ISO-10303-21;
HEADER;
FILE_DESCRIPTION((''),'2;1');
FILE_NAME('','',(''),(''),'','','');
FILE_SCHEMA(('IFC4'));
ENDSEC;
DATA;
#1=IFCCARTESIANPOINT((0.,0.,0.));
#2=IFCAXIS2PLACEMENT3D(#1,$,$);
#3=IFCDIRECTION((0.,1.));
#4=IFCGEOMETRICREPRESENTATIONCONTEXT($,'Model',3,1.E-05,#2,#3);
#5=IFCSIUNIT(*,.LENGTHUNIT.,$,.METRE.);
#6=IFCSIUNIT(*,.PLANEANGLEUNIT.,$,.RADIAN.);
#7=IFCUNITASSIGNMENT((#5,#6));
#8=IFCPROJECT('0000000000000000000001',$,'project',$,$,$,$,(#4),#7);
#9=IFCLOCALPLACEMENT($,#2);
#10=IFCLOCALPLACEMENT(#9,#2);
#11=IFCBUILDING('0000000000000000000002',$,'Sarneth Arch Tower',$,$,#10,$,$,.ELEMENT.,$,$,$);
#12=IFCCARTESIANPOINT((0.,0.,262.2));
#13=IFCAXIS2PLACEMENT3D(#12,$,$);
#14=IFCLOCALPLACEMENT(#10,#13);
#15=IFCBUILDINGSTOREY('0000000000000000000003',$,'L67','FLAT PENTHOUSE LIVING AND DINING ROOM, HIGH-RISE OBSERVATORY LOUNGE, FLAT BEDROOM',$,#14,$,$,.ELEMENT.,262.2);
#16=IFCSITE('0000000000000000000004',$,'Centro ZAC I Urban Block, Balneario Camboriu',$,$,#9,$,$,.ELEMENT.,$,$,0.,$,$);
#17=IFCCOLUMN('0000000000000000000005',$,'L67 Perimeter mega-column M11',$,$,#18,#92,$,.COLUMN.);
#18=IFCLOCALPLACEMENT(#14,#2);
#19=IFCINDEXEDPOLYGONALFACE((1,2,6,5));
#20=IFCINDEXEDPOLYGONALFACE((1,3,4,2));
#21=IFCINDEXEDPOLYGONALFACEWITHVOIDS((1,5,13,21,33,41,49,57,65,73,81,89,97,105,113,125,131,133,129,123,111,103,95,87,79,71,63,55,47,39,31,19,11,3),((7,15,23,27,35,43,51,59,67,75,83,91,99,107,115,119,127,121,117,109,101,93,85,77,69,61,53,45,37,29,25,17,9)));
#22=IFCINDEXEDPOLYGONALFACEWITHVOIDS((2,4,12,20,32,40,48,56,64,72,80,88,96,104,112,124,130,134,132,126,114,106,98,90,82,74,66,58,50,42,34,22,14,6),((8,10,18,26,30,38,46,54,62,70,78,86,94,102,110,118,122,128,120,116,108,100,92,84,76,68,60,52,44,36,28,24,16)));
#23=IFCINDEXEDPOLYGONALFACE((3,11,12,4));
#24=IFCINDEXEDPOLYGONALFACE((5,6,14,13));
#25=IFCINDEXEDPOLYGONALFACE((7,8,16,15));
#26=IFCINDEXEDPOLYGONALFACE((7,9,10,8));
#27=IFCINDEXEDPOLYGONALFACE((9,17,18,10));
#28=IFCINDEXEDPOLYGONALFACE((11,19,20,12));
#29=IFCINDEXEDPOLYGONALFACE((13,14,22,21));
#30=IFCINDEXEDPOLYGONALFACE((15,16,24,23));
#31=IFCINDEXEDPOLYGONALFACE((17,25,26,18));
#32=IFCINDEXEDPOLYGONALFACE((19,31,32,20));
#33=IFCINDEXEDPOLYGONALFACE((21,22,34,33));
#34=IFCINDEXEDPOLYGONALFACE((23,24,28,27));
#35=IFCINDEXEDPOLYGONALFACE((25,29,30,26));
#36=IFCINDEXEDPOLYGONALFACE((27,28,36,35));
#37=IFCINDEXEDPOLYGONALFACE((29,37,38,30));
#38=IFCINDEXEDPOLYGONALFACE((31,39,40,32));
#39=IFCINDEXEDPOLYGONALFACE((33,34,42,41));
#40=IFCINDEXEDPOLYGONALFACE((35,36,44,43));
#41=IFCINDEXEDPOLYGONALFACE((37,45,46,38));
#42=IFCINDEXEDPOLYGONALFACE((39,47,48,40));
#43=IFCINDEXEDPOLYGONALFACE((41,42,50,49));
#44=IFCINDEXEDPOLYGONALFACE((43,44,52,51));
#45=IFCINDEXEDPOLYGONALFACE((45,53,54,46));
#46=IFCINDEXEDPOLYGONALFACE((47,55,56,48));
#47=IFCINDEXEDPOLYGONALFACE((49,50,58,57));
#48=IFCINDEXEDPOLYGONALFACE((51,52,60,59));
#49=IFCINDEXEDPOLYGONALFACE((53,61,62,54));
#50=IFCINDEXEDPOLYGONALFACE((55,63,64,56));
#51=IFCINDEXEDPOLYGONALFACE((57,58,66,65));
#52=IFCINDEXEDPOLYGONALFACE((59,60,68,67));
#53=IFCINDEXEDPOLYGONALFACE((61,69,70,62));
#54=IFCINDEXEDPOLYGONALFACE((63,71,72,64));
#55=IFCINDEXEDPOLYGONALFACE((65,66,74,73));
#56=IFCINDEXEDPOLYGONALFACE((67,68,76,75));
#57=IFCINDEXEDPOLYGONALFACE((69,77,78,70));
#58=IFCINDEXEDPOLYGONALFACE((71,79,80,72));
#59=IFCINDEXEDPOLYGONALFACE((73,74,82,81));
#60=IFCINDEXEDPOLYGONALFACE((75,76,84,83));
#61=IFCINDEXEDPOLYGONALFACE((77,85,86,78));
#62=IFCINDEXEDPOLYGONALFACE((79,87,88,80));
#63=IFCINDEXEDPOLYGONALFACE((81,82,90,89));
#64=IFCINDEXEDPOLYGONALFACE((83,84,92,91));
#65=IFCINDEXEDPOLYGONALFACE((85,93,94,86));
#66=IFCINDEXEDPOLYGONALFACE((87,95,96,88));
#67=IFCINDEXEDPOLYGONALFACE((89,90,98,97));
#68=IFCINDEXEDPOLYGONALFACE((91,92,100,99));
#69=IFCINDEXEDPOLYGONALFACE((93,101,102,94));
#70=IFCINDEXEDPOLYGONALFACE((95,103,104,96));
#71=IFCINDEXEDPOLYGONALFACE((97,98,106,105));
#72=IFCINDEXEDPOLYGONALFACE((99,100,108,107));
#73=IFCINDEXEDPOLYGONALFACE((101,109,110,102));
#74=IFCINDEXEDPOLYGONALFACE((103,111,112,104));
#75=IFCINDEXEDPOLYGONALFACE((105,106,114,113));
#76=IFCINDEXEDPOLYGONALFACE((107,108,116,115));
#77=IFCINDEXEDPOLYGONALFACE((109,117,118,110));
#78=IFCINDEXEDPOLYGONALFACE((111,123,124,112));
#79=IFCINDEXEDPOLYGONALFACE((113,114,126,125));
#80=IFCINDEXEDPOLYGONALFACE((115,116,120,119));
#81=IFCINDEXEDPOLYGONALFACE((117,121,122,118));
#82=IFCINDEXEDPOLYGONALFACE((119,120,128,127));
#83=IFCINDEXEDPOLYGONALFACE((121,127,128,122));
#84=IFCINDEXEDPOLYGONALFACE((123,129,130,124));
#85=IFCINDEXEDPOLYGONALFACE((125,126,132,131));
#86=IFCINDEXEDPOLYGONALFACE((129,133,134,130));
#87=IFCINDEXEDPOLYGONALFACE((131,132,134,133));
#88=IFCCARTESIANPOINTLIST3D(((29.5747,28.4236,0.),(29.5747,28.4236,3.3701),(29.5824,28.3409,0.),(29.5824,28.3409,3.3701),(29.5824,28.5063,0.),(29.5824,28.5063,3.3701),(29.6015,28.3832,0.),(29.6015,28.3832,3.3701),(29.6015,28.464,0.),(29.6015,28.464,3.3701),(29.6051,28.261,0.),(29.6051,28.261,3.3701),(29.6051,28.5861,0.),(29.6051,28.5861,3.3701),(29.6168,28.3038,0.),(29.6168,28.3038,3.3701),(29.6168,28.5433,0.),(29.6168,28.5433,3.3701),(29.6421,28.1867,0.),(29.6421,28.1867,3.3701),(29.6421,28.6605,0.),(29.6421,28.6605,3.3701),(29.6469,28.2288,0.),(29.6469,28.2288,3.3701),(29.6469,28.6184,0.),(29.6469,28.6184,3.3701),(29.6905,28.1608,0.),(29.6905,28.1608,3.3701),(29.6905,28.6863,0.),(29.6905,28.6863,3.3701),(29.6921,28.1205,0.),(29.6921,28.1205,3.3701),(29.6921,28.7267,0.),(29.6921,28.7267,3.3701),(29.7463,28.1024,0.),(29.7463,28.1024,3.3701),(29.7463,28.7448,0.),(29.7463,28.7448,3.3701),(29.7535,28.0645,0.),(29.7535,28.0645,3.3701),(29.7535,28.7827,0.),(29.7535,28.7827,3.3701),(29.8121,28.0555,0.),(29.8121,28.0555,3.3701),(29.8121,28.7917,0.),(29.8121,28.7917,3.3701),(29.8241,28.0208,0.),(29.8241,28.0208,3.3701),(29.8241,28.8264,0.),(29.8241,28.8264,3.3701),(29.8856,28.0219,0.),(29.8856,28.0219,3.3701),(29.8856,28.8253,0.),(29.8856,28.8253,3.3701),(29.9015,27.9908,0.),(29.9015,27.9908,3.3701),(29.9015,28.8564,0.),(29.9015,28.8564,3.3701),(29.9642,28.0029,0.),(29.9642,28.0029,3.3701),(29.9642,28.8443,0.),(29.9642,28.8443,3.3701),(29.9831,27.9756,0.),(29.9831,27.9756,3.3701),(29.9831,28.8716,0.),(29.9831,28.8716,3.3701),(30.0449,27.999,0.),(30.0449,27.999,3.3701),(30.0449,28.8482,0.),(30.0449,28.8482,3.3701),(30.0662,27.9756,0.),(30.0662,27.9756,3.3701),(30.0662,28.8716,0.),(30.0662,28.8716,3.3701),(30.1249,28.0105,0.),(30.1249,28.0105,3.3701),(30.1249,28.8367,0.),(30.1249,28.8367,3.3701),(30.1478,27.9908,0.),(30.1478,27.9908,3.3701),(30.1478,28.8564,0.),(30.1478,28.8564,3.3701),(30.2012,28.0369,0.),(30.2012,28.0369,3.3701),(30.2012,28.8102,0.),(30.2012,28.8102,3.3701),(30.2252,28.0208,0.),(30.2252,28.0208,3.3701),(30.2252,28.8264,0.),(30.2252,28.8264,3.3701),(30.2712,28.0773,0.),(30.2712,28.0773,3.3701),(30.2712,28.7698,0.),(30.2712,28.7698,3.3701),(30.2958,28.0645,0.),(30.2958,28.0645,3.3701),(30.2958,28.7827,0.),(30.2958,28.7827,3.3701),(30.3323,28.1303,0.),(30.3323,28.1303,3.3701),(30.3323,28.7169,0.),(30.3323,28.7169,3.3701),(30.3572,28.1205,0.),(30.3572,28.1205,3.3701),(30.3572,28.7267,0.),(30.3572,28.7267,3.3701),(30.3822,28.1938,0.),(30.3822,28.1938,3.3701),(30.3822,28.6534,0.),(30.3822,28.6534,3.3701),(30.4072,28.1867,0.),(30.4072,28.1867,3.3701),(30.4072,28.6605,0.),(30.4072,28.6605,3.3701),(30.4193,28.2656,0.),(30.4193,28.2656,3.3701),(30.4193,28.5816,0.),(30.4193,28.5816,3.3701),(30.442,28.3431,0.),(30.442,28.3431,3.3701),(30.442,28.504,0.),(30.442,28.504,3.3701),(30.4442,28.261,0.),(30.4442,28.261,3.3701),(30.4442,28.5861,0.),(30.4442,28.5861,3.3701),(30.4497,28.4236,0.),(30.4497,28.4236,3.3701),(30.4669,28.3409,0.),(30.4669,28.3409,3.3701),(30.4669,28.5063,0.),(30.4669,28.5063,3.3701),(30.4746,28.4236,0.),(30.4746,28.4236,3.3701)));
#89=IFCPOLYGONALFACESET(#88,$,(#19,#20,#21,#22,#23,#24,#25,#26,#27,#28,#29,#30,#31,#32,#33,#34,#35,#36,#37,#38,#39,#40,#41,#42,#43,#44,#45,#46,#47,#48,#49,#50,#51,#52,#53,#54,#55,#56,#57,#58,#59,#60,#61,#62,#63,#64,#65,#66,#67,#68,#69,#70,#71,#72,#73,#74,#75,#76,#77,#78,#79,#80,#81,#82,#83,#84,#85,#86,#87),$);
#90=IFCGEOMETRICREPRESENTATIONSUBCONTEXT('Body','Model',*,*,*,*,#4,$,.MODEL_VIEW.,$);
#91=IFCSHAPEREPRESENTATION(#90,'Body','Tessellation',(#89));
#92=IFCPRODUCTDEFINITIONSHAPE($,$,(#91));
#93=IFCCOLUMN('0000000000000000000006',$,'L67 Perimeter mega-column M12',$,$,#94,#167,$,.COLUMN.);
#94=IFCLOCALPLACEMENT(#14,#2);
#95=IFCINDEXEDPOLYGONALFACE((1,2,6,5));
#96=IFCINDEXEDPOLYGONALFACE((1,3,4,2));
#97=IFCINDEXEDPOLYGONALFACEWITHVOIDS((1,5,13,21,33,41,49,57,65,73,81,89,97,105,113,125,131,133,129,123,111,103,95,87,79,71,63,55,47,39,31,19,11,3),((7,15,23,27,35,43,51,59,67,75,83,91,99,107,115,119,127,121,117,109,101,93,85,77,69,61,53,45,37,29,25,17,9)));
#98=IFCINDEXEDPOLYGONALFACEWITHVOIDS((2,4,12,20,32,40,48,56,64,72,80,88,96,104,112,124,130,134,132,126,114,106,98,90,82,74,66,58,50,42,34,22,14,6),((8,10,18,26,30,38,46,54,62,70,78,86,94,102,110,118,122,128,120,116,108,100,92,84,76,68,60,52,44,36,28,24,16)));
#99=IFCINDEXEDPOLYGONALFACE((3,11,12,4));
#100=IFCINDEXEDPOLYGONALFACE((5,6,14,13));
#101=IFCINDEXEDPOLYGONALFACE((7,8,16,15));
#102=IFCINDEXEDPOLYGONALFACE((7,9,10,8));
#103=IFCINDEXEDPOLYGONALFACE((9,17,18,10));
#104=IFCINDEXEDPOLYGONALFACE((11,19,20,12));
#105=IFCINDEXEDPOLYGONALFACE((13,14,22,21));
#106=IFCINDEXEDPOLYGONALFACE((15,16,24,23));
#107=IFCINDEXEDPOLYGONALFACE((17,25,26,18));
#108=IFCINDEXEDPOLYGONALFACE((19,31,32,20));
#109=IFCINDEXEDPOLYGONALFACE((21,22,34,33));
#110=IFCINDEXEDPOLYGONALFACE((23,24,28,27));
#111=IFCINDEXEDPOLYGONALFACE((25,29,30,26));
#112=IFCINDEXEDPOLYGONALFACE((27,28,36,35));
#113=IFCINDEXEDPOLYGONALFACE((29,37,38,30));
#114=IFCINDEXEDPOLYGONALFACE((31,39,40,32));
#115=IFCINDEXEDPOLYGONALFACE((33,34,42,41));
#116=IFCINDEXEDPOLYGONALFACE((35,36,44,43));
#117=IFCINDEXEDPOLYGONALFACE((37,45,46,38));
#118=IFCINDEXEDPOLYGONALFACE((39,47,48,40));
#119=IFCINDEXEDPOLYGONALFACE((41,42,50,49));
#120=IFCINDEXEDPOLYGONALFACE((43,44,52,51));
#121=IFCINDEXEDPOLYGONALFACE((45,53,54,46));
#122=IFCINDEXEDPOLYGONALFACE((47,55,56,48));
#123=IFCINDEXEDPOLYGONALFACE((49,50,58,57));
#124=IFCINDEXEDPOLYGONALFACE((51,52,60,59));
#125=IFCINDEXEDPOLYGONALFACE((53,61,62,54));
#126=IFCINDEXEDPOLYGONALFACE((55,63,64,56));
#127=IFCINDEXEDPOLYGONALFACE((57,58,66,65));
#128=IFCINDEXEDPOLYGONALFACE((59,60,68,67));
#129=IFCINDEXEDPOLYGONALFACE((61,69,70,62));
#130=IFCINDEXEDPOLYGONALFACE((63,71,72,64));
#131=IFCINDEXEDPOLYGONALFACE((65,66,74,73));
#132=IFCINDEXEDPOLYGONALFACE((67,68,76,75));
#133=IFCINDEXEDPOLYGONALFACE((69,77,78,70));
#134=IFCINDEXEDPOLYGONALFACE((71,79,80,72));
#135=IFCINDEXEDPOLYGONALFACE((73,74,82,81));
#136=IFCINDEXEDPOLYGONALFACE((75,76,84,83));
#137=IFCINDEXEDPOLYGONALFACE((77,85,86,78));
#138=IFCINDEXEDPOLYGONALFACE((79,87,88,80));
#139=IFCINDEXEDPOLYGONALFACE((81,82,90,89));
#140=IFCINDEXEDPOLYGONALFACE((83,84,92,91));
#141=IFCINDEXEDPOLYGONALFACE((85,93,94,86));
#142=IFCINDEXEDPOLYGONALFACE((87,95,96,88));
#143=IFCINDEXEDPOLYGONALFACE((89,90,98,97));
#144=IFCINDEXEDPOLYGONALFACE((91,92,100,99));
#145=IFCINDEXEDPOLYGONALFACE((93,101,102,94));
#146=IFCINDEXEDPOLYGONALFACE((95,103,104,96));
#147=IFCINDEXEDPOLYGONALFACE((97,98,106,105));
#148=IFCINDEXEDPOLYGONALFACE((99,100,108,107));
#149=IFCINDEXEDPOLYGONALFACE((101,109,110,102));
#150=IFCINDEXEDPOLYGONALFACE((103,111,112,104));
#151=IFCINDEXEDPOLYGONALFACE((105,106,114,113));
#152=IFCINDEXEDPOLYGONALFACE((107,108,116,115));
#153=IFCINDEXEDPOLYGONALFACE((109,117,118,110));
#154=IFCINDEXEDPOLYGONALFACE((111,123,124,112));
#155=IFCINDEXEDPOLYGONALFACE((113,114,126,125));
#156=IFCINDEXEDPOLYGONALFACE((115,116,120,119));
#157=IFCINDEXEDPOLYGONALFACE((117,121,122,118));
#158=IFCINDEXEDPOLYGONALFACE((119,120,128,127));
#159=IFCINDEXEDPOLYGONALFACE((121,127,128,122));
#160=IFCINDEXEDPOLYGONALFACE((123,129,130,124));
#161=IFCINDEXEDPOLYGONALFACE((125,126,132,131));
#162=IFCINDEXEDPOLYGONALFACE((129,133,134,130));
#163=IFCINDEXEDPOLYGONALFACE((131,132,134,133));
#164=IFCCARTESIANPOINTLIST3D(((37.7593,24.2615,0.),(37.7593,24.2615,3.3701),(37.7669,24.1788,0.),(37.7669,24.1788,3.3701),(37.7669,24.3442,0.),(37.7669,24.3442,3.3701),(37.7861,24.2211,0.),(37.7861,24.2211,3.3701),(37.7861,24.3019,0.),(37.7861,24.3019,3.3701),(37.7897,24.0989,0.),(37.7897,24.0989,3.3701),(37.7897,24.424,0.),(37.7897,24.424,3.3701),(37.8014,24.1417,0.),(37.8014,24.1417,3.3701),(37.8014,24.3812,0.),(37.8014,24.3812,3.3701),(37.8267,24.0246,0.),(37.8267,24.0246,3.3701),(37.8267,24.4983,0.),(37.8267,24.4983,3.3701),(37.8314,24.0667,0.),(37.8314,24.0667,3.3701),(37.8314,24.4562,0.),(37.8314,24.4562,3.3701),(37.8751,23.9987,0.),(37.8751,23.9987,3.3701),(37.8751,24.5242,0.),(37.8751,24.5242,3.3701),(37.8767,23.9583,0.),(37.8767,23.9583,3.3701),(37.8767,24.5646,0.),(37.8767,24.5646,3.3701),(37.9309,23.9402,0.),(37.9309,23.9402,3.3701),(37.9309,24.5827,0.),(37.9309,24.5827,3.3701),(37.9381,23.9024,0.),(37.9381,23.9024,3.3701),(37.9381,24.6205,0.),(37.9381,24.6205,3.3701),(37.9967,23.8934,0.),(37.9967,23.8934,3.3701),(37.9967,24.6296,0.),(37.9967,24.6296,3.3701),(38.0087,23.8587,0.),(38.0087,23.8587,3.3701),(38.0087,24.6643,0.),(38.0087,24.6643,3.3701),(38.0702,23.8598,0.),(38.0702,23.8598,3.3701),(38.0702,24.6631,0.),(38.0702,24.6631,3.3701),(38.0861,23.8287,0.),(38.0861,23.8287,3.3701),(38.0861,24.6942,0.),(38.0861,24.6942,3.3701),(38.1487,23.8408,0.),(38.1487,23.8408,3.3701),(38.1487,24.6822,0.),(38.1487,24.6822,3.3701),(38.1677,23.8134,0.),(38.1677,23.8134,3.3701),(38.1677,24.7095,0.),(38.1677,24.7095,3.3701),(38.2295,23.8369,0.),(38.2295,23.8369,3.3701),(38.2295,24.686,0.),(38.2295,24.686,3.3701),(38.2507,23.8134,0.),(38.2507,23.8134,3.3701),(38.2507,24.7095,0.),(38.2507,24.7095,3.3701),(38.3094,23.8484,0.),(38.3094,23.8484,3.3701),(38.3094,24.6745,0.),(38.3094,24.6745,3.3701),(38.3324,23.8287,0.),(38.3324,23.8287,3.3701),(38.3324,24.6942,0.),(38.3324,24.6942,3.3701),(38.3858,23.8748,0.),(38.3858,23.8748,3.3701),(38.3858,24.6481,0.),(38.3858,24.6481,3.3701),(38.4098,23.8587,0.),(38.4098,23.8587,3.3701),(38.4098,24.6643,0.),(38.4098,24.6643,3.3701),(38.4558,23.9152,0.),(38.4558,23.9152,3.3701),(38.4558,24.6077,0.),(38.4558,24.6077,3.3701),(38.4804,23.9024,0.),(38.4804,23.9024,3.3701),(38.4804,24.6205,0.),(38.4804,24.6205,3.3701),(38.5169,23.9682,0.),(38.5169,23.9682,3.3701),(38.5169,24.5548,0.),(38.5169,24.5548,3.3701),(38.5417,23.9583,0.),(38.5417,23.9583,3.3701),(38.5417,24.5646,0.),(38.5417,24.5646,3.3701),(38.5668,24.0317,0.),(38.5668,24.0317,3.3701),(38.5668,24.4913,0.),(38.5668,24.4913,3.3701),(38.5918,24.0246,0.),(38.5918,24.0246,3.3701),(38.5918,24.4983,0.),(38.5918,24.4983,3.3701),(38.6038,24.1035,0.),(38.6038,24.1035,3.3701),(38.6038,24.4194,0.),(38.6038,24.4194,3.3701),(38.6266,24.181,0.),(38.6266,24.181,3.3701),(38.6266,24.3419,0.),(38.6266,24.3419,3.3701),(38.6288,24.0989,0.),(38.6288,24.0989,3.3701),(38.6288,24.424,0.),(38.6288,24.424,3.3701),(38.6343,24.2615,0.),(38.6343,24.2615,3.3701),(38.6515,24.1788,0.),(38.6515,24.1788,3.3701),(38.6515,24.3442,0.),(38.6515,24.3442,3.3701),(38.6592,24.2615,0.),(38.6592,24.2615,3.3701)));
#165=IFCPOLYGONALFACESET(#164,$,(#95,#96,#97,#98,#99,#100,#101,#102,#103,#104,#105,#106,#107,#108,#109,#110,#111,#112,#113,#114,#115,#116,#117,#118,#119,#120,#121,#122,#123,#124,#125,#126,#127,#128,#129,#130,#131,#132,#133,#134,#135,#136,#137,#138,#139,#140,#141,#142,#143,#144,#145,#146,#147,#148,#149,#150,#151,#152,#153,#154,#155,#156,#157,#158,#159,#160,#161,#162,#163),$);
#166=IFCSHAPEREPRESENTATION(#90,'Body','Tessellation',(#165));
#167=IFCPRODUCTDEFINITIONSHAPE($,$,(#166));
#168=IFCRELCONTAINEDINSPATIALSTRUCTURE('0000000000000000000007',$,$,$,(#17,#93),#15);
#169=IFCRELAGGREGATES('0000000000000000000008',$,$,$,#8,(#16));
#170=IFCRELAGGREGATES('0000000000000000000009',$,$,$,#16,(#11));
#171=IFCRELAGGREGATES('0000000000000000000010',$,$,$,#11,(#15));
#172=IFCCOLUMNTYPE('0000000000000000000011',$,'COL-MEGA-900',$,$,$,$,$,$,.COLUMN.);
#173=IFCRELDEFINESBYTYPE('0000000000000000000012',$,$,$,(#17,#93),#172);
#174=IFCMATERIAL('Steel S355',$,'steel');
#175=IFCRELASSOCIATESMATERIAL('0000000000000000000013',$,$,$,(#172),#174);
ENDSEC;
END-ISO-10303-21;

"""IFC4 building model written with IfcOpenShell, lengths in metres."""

from ifc_helpers import new_model, si_unit, direction, frame, origin, origin_2d, place, context, subcontext, project, spatial, hollow_circle, extrude, material, material_profile, profile_set, type_object, element, save


model = new_model("IFC4")

# Units and contexts
model_context = context("Model", 3, precision=1e-05, world=origin(), true_north=direction((0.0, 1.0)))
body_context = subcontext(model_context, "Body", "Model", "MODEL_VIEW")
ifc_project = project(units=[si_unit("LENGTHUNIT", "METRE"), si_unit("PLANEANGLEUNIT", "RADIAN")], contexts=[model_context])

# Site, building, storey
site_placement = place(None, origin())
site = spatial("IfcSite", under=ifc_project, at=site_placement, Name="Centro ZAC I Urban Block, Balneario Camboriu", CompositionType="ELEMENT", RefElevation=0.0)
building_placement = place(site_placement, origin())
building = spatial("IfcBuilding", under=site, at=building_placement, Name="Sarneth Arch Tower", CompositionType="ELEMENT")
storey_placement = place(building_placement, frame((0.0, 0.0, 262.2)))
storey = spatial("IfcBuildingStorey", under=building, at=storey_placement, Name="L67", Description="FLAT PENTHOUSE LIVING AND DINING ROOM, HIGH-RISE OBSERVATORY LOUNGE, FLAT BEDROOM", CompositionType="ELEMENT", Elevation=262.2)

# Columns
ifc_material_1 = material(Name="Steel S355", Category="steel")
ifc_material_profile_1 = material_profile(ifc_material_1, hollow_circle(Radius=0.45, WallThickness=0.0249, at=origin_2d()), Name="CHS900x25")
ifc_profile_set_1 = profile_set([ifc_material_profile_1], Name="Steel S355")
column_type = type_object("IfcColumnType", Name="COL-MEGA-900", PredefinedType="COLUMN", material=ifc_profile_set_1)
for number, where, z_axis, x_axis, name in (
    (1, (30.0247, 28.4236, 0.0), (0.0, 0.0, 1.0), (1.0, 0.0, 0.0), "L67 Perimeter mega-column M11"),
    (2, (38.2092, 24.2615, 0.0), (0.0, 0.0, 1.0), (1.0, 0.0, 0.0), "L67 Perimeter mega-column M12"),
):
    element("IfcColumn", number, at=place(storey_placement, frame(where, z_axis=z_axis, x_axis=x_axis)), inside=storey, type_object=column_type, Name=name, PredefinedType="COLUMN", context=body_context, shape_type="SweptSolid", body=[
        extrude(hollow_circle(Radius=0.45, WallThickness=0.0249, at=origin_2d()), origin(), (0.0, 0.0, 1.0), 3.3701),
    ])

save(model, "model.ifc")
